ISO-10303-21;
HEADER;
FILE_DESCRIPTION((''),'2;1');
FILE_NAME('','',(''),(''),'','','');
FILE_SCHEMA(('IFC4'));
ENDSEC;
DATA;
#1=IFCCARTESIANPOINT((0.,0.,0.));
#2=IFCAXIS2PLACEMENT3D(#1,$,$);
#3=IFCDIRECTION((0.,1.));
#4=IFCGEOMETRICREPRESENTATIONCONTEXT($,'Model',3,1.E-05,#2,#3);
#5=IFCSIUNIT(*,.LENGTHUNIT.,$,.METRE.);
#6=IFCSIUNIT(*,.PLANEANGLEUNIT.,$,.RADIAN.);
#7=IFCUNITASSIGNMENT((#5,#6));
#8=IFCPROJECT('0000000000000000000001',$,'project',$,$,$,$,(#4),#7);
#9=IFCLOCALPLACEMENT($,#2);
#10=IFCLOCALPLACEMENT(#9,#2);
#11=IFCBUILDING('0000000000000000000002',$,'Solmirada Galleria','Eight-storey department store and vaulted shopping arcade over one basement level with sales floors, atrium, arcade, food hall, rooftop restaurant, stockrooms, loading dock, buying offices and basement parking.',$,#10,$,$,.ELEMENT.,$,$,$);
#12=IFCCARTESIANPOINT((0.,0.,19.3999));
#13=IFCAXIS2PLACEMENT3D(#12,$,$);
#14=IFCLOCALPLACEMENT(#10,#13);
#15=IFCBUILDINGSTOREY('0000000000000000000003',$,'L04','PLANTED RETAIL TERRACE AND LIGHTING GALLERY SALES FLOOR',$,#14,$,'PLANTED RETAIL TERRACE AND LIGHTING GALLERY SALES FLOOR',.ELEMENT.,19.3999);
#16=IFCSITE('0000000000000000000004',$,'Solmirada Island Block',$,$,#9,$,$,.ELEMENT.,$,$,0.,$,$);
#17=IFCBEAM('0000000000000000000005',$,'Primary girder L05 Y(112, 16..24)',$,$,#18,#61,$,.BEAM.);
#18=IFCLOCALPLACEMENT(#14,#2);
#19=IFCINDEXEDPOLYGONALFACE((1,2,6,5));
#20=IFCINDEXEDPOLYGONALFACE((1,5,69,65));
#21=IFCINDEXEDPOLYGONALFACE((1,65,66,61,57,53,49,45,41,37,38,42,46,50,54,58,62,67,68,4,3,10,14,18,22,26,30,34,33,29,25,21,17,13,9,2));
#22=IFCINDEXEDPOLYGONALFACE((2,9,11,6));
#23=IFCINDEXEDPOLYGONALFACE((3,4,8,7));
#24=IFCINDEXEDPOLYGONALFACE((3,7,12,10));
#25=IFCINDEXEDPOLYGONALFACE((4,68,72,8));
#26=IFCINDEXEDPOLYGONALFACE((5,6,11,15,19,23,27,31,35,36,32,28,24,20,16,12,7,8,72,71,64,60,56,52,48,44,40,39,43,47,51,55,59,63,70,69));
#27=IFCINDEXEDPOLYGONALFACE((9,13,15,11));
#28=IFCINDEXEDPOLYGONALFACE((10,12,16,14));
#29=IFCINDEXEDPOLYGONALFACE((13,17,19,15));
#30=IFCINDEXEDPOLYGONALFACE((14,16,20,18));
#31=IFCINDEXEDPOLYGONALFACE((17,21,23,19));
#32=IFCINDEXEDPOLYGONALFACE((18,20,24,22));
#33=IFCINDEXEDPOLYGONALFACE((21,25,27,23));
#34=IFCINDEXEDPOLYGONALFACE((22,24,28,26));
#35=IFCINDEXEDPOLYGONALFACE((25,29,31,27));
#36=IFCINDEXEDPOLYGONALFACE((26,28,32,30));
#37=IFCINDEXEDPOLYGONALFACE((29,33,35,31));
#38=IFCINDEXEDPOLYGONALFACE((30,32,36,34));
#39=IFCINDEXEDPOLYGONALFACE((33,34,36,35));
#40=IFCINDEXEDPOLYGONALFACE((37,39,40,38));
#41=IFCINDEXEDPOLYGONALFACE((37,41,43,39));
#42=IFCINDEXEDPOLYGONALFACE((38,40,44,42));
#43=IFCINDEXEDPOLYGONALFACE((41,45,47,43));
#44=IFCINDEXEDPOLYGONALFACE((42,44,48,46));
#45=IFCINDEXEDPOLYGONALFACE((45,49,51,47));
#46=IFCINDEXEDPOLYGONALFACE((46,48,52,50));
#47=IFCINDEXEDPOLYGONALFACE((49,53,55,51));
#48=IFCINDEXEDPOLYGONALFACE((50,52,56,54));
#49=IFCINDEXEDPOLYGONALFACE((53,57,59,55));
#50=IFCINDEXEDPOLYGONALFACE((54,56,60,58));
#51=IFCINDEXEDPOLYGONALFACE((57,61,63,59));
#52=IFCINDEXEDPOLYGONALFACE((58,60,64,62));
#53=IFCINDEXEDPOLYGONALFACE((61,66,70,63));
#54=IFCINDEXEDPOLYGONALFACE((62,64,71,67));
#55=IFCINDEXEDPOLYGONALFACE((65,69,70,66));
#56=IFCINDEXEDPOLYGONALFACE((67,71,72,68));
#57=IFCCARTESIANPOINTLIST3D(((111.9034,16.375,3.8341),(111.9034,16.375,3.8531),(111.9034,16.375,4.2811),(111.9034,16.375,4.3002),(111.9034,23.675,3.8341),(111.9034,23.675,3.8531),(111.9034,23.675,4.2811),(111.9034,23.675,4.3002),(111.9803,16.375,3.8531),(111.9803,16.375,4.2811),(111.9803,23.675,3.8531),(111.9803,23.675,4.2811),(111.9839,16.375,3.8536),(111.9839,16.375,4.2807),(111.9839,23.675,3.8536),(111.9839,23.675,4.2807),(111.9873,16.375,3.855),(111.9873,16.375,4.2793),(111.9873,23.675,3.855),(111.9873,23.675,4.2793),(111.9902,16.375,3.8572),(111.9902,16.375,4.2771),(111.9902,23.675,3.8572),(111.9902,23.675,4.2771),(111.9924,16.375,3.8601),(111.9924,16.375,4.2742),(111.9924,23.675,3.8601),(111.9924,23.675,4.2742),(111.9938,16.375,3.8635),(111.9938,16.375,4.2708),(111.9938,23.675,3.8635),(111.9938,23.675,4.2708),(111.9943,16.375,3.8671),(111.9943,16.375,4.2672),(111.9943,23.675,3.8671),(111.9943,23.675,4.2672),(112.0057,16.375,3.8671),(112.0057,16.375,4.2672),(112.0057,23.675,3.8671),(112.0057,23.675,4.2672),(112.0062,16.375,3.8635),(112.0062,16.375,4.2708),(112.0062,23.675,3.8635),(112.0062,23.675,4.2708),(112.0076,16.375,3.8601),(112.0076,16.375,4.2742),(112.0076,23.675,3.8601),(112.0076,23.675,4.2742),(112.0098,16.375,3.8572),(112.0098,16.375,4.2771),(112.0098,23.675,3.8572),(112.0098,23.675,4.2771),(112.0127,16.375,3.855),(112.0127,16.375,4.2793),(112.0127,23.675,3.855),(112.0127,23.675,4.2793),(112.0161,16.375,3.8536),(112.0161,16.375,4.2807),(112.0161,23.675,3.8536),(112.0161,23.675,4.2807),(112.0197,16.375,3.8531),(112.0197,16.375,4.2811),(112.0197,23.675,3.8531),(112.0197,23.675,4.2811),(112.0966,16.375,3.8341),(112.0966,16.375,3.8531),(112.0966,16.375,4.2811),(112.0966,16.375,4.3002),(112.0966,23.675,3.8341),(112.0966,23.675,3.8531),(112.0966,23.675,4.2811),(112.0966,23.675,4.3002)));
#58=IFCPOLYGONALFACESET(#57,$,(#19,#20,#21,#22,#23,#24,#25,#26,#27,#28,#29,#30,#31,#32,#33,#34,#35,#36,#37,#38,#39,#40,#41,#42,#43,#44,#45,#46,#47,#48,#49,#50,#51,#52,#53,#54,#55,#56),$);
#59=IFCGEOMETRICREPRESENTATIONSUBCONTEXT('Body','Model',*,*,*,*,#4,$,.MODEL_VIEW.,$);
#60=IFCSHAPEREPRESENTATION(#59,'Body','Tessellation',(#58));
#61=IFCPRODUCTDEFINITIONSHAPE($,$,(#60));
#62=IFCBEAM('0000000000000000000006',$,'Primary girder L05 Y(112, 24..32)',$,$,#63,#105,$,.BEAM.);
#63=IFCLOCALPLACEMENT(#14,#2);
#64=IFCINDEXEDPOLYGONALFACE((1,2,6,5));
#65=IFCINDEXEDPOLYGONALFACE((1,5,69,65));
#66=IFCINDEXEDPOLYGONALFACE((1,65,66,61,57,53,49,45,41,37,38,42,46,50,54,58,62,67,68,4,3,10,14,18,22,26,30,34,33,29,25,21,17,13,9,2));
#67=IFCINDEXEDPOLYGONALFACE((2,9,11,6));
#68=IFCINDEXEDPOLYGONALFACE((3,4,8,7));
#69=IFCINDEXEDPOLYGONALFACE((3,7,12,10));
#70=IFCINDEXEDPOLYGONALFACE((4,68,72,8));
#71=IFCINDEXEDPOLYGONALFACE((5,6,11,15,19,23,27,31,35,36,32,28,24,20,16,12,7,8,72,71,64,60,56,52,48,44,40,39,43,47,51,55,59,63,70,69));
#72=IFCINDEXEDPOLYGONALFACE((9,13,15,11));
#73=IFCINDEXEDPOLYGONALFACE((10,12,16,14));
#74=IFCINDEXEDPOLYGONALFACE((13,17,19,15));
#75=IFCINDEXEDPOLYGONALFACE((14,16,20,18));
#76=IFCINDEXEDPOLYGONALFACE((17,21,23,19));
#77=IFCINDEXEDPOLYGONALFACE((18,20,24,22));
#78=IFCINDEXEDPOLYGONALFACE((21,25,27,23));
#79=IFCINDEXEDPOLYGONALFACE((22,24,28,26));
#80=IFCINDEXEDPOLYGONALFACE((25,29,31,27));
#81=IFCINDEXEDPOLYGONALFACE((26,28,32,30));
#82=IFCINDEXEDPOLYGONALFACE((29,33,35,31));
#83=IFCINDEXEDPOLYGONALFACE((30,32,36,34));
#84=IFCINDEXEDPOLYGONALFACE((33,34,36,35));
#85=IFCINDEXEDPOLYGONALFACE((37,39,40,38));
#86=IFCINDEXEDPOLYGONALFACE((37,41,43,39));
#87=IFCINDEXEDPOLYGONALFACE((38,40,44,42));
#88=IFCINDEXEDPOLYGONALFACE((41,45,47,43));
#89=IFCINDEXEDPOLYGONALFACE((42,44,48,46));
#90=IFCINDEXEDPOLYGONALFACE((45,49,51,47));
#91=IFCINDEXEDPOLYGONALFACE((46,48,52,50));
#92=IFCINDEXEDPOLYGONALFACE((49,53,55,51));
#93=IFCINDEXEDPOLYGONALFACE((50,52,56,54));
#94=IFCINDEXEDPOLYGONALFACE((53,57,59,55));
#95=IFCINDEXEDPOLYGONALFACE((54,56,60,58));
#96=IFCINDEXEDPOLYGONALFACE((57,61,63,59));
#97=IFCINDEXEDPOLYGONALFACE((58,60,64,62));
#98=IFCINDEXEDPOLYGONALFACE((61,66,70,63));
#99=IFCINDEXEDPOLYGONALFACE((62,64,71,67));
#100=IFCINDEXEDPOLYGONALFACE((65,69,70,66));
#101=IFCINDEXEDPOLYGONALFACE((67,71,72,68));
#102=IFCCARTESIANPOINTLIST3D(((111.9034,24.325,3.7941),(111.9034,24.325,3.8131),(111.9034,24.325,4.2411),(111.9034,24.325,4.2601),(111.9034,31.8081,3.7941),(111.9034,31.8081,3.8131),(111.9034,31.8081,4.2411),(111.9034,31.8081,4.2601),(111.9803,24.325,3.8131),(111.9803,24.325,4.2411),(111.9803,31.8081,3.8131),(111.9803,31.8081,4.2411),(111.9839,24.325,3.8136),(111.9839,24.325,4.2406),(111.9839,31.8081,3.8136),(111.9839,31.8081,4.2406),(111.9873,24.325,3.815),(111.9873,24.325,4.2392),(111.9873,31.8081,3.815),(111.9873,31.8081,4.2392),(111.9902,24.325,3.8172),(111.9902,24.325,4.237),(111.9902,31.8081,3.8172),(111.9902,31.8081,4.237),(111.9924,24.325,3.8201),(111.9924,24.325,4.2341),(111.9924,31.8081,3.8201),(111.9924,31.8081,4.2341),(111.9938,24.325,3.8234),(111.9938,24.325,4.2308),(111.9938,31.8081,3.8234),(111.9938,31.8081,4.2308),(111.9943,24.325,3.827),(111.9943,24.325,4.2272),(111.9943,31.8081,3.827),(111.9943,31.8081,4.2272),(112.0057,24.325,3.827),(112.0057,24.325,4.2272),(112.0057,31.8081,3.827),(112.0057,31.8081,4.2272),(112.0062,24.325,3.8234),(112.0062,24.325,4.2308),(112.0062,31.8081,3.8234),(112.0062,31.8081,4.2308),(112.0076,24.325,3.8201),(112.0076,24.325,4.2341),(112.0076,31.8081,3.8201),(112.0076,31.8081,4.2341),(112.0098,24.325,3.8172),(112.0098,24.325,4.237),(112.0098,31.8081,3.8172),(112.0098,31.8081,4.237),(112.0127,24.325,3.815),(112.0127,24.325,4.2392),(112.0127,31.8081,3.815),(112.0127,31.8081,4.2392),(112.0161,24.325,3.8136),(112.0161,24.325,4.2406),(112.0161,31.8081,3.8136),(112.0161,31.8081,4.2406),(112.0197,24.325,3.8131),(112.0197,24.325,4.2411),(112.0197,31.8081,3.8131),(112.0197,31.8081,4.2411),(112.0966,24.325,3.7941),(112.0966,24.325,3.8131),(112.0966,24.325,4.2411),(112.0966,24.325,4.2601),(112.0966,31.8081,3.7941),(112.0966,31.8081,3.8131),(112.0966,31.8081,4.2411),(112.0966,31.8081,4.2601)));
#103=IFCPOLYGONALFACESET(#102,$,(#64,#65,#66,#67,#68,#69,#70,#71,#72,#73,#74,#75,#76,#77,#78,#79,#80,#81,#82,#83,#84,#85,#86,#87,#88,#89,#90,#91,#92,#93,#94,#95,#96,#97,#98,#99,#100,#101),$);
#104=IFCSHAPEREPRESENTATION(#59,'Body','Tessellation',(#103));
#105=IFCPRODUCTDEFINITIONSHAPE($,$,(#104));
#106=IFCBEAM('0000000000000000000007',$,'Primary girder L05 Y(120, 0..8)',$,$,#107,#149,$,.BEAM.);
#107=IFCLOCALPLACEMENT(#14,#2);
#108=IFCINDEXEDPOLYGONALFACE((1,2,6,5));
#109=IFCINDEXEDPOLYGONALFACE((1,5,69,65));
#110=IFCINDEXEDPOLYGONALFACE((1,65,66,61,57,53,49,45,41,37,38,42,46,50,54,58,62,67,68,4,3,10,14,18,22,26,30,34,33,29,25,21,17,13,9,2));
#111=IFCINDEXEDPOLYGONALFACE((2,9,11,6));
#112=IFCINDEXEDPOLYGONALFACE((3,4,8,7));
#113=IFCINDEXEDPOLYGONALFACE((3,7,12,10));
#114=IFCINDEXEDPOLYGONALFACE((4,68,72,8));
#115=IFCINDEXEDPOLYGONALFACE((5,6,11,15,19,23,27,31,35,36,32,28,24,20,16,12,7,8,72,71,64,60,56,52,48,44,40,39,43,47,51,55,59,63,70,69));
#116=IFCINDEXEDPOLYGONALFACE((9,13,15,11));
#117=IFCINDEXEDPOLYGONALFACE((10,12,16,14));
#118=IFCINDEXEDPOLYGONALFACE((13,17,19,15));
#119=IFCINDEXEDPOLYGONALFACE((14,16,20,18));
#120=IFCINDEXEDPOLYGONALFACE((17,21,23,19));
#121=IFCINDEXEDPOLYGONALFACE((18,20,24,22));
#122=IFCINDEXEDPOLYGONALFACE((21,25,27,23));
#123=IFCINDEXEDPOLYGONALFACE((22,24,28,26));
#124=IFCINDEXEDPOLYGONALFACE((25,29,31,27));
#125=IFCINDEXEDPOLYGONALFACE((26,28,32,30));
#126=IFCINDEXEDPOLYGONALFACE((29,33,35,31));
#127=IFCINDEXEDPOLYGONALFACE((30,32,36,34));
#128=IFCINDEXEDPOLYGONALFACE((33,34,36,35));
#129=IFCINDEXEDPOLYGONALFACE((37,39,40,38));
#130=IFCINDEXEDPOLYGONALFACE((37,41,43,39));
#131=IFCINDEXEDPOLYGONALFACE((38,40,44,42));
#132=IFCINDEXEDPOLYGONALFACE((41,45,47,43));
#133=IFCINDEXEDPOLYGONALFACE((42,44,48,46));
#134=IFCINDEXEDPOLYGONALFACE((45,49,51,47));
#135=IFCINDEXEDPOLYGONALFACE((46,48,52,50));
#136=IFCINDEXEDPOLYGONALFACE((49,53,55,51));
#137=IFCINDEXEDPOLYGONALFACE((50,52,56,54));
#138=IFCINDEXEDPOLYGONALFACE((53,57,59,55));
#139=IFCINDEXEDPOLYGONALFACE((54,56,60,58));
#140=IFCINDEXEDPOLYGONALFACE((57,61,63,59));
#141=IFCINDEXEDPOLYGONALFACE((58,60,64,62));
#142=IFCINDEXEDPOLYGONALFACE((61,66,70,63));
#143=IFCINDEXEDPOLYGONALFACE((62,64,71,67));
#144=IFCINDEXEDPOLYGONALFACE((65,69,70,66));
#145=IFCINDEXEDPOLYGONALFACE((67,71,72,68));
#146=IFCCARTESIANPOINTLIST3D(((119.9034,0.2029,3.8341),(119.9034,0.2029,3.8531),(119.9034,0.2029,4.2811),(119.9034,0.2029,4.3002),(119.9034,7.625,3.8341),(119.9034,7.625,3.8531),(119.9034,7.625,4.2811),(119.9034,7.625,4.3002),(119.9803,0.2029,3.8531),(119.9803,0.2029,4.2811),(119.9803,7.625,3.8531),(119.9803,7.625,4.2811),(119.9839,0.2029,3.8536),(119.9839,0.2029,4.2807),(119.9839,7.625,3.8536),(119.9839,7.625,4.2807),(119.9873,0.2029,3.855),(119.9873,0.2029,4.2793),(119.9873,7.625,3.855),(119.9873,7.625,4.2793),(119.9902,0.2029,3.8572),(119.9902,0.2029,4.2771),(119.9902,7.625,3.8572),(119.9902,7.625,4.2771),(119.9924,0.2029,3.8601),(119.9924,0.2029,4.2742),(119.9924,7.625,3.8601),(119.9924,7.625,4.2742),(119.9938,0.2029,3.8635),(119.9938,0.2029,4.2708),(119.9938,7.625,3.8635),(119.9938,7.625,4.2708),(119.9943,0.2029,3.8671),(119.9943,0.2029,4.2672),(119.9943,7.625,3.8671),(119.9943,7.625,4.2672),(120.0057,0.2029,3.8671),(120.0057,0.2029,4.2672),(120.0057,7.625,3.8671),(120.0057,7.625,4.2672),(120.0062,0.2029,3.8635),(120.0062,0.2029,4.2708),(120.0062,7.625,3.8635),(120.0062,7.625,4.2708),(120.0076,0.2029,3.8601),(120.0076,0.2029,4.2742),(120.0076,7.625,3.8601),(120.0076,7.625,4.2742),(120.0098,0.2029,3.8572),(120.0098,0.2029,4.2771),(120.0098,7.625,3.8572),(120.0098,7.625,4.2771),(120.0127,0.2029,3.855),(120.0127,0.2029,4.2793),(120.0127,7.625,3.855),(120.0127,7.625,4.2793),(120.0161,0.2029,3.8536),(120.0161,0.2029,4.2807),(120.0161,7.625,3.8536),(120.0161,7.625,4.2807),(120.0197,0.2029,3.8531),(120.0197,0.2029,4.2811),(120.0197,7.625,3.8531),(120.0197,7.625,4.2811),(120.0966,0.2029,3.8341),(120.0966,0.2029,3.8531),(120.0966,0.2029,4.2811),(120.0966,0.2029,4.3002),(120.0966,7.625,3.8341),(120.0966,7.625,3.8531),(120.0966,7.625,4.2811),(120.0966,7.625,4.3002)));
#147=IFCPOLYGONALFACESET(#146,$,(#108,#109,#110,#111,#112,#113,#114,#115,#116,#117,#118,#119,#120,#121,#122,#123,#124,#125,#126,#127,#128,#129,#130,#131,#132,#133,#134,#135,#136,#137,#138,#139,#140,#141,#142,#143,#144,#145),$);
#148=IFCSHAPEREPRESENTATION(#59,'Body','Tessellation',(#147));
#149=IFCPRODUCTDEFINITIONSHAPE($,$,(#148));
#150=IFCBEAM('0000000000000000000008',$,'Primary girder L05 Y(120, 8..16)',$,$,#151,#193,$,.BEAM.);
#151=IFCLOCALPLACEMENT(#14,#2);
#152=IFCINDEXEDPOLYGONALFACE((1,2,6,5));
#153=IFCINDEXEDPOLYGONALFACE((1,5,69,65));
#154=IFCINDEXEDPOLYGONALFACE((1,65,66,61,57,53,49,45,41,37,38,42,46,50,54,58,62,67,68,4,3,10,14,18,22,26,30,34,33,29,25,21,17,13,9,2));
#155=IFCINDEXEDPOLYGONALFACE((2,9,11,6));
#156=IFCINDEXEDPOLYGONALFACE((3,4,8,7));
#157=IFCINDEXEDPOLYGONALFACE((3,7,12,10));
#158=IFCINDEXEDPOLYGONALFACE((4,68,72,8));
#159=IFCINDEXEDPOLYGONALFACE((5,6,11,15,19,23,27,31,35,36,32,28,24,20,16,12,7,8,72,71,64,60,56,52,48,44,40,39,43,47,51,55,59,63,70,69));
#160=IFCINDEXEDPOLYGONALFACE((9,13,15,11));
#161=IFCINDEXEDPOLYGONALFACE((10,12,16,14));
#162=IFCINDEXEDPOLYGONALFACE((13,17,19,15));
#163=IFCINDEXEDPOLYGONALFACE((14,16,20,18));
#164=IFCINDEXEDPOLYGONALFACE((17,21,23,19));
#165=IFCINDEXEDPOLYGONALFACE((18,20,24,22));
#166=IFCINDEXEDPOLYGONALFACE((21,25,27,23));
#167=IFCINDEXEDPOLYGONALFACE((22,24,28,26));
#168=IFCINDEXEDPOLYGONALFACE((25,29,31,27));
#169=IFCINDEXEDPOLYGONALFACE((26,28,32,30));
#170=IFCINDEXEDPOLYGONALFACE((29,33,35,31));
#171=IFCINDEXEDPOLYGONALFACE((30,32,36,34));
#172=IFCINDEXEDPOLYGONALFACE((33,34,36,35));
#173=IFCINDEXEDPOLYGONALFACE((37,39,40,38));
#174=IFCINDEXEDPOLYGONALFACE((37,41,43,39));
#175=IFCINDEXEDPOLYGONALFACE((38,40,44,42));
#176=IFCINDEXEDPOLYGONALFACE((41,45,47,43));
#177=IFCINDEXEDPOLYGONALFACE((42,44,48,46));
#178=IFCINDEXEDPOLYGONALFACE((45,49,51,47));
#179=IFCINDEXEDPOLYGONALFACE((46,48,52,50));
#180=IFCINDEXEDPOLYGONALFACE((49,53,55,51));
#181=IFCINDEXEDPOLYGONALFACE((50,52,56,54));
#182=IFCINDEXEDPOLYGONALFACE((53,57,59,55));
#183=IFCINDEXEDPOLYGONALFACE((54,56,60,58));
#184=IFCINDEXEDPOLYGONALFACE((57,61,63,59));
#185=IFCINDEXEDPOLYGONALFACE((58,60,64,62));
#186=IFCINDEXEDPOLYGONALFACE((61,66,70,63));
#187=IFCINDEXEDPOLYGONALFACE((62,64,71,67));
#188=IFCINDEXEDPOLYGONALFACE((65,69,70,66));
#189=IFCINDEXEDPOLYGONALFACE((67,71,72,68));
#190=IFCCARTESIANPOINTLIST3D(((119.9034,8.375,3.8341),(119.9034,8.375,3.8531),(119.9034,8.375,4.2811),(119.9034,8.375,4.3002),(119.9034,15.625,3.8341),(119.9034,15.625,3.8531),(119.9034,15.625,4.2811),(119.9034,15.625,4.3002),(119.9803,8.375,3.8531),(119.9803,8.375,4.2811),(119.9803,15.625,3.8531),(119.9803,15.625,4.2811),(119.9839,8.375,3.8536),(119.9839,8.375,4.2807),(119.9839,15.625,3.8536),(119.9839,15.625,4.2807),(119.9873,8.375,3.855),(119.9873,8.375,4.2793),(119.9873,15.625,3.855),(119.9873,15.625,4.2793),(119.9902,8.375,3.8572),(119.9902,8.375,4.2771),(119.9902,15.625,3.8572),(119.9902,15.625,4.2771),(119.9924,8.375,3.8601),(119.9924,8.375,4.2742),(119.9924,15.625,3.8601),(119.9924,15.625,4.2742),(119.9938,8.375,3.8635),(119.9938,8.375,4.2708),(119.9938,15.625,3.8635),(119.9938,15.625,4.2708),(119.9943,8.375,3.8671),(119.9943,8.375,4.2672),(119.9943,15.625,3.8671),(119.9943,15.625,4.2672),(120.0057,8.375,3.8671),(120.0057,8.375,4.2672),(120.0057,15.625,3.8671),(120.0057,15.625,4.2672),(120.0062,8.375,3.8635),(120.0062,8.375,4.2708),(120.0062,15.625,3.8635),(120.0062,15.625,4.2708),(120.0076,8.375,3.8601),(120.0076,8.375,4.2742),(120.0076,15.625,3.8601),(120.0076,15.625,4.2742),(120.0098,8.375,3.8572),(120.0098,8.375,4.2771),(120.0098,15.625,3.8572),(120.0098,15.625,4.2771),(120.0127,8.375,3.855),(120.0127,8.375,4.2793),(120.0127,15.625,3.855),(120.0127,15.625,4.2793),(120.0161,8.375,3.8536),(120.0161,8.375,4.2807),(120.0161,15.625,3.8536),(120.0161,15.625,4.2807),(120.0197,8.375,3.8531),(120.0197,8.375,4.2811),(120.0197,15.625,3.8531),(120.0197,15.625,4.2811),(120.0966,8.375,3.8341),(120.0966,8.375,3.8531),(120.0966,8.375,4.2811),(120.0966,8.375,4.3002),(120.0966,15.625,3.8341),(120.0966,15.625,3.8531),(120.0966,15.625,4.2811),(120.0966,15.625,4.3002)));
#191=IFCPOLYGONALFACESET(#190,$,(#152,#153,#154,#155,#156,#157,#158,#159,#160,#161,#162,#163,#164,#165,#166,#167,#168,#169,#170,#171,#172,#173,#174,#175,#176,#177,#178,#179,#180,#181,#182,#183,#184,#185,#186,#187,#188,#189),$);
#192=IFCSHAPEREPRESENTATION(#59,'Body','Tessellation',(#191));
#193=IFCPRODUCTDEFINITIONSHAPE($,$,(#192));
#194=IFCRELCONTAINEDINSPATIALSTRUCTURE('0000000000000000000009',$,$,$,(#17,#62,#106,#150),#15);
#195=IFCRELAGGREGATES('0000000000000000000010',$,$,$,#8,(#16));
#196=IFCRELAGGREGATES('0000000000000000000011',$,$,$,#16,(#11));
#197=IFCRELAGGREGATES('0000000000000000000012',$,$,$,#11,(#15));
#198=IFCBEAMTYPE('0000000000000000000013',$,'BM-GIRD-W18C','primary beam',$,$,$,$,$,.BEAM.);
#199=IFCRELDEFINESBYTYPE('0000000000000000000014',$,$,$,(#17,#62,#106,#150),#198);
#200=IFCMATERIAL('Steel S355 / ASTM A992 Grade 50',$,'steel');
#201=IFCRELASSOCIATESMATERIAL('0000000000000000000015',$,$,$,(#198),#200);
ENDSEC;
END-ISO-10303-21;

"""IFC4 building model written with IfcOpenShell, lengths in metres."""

from ifc_helpers import new_model, si_unit, direction, frame, origin, origin_2d, place, context, subcontext, project, spatial, i_section, extrude, material, material_profile, profile_set, type_object, element, save


model = new_model("IFC4")

# Units and contexts
model_context = context("Model", 3, precision=1e-05, world=origin(), true_north=direction((0.0, 1.0)))
body_context = subcontext(model_context, "Body", "Model", "MODEL_VIEW")
ifc_project = project(units=[si_unit("LENGTHUNIT", "METRE"), si_unit("PLANEANGLEUNIT", "RADIAN")], contexts=[model_context])

# Site, building, storey
site_placement = place(None, origin())
site = spatial("IfcSite", under=ifc_project, at=site_placement, Name="Solmirada Island Block", CompositionType="ELEMENT", RefElevation=0.0)
building_placement = place(site_placement, origin())
building = spatial("IfcBuilding", under=site, at=building_placement, Name="Solmirada Galleria", Description="Eight-storey department store and vaulted shopping arcade over one basement level with sales floors, atrium, arcade, food hall, rooftop restaurant, stockrooms, loading dock, buying offices and basement parking.", CompositionType="ELEMENT")
storey_placement = place(building_placement, frame((0.0, 0.0, 19.3999)))
storey = spatial("IfcBuildingStorey", under=building, at=storey_placement, Name="L04", Description="PLANTED RETAIL TERRACE AND LIGHTING GALLERY SALES FLOOR", LongName="PLANTED RETAIL TERRACE AND LIGHTING GALLERY SALES FLOOR", CompositionType="ELEMENT", Elevation=19.3999)

# Beams
ifc_material_1 = material(Name="Steel S355 / ASTM A992 Grade 50", Category="steel")
ifc_material_profile_1 = material_profile(ifc_material_1, i_section(OverallWidth=0.1931, OverallDepth=0.4661, WebThickness=0.0115, FlangeThickness=0.019, FilletRadius=0.0139, at=origin_2d()), Name="W18X65")
ifc_profile_set_1 = profile_set([ifc_material_profile_1], Name="Steel S355 / ASTM A992 Grade 50")
beam_type_1 = type_object("IfcBeamType", Name="BM-GIRD-W18C", Description="primary beam", PredefinedType="BEAM", material=ifc_profile_set_1)
beam_1_placement = place(storey_placement, frame((112.0, 16.375, 4.0671), z_axis=(0.0, 1.0, 0.0), x_axis=(-1.0, 0.0, 0.0)))
element("IfcBeam", 1, at=beam_1_placement, inside=storey, type_object=beam_type_1, Name="Primary girder L05 Y(112, 16..24)", PredefinedType="BEAM", context=body_context, shape_type="SweptSolid", body=[
    extrude(i_section(OverallWidth=0.1931, OverallDepth=0.4661, WebThickness=0.0115, FlangeThickness=0.019, FilletRadius=0.0139, at=origin_2d()), origin(), (0.0, 0.0, 1.0), 7.3),
])
beam_2_placement = place(storey_placement, frame((112.0, 24.325, 4.0271), z_axis=(0.0, 1.0, 0.0), x_axis=(-1.0, 0.0, 0.0)))
element("IfcBeam", 2, at=beam_2_placement, inside=storey, type_object=beam_type_1, Name="Primary girder L05 Y(112, 24..32)", PredefinedType="BEAM", context=body_context, shape_type="SweptSolid", body=[
    extrude(i_section(OverallWidth=0.1931, OverallDepth=0.4661, WebThickness=0.0115, FlangeThickness=0.019, FilletRadius=0.0139, at=origin_2d()), origin(), (0.0, 0.0, 1.0), 7.4832),
])
beam_3_placement = place(storey_placement, frame((120.0, 0.2029, 4.0671), z_axis=(0.0, 1.0, 0.0), x_axis=(-1.0, 0.0, 0.0)))
element("IfcBeam", 3, at=beam_3_placement, inside=storey, type_object=beam_type_1, Name="Primary girder L05 Y(120, 0..8)", PredefinedType="BEAM", context=body_context, shape_type="SweptSolid", body=[
    extrude(i_section(OverallWidth=0.1931, OverallDepth=0.4661, WebThickness=0.0115, FlangeThickness=0.019, FilletRadius=0.0139, at=origin_2d()), origin(), (0.0, 0.0, 1.0), 7.4221),
])
beam_4_placement = place(storey_placement, frame((120.0, 8.375, 4.0671), z_axis=(0.0, 1.0, 0.0), x_axis=(-1.0, 0.0, 0.0)))
element("IfcBeam", 4, at=beam_4_placement, inside=storey, type_object=beam_type_1, Name="Primary girder L05 Y(120, 8..16)", PredefinedType="BEAM", context=body_context, shape_type="SweptSolid", body=[
    extrude(i_section(OverallWidth=0.1931, OverallDepth=0.4661, WebThickness=0.0115, FlangeThickness=0.019, FilletRadius=0.0139, at=origin_2d()), origin(), (0.0, 0.0, 1.0), 7.25),
])

save(model, "model.ifc")
